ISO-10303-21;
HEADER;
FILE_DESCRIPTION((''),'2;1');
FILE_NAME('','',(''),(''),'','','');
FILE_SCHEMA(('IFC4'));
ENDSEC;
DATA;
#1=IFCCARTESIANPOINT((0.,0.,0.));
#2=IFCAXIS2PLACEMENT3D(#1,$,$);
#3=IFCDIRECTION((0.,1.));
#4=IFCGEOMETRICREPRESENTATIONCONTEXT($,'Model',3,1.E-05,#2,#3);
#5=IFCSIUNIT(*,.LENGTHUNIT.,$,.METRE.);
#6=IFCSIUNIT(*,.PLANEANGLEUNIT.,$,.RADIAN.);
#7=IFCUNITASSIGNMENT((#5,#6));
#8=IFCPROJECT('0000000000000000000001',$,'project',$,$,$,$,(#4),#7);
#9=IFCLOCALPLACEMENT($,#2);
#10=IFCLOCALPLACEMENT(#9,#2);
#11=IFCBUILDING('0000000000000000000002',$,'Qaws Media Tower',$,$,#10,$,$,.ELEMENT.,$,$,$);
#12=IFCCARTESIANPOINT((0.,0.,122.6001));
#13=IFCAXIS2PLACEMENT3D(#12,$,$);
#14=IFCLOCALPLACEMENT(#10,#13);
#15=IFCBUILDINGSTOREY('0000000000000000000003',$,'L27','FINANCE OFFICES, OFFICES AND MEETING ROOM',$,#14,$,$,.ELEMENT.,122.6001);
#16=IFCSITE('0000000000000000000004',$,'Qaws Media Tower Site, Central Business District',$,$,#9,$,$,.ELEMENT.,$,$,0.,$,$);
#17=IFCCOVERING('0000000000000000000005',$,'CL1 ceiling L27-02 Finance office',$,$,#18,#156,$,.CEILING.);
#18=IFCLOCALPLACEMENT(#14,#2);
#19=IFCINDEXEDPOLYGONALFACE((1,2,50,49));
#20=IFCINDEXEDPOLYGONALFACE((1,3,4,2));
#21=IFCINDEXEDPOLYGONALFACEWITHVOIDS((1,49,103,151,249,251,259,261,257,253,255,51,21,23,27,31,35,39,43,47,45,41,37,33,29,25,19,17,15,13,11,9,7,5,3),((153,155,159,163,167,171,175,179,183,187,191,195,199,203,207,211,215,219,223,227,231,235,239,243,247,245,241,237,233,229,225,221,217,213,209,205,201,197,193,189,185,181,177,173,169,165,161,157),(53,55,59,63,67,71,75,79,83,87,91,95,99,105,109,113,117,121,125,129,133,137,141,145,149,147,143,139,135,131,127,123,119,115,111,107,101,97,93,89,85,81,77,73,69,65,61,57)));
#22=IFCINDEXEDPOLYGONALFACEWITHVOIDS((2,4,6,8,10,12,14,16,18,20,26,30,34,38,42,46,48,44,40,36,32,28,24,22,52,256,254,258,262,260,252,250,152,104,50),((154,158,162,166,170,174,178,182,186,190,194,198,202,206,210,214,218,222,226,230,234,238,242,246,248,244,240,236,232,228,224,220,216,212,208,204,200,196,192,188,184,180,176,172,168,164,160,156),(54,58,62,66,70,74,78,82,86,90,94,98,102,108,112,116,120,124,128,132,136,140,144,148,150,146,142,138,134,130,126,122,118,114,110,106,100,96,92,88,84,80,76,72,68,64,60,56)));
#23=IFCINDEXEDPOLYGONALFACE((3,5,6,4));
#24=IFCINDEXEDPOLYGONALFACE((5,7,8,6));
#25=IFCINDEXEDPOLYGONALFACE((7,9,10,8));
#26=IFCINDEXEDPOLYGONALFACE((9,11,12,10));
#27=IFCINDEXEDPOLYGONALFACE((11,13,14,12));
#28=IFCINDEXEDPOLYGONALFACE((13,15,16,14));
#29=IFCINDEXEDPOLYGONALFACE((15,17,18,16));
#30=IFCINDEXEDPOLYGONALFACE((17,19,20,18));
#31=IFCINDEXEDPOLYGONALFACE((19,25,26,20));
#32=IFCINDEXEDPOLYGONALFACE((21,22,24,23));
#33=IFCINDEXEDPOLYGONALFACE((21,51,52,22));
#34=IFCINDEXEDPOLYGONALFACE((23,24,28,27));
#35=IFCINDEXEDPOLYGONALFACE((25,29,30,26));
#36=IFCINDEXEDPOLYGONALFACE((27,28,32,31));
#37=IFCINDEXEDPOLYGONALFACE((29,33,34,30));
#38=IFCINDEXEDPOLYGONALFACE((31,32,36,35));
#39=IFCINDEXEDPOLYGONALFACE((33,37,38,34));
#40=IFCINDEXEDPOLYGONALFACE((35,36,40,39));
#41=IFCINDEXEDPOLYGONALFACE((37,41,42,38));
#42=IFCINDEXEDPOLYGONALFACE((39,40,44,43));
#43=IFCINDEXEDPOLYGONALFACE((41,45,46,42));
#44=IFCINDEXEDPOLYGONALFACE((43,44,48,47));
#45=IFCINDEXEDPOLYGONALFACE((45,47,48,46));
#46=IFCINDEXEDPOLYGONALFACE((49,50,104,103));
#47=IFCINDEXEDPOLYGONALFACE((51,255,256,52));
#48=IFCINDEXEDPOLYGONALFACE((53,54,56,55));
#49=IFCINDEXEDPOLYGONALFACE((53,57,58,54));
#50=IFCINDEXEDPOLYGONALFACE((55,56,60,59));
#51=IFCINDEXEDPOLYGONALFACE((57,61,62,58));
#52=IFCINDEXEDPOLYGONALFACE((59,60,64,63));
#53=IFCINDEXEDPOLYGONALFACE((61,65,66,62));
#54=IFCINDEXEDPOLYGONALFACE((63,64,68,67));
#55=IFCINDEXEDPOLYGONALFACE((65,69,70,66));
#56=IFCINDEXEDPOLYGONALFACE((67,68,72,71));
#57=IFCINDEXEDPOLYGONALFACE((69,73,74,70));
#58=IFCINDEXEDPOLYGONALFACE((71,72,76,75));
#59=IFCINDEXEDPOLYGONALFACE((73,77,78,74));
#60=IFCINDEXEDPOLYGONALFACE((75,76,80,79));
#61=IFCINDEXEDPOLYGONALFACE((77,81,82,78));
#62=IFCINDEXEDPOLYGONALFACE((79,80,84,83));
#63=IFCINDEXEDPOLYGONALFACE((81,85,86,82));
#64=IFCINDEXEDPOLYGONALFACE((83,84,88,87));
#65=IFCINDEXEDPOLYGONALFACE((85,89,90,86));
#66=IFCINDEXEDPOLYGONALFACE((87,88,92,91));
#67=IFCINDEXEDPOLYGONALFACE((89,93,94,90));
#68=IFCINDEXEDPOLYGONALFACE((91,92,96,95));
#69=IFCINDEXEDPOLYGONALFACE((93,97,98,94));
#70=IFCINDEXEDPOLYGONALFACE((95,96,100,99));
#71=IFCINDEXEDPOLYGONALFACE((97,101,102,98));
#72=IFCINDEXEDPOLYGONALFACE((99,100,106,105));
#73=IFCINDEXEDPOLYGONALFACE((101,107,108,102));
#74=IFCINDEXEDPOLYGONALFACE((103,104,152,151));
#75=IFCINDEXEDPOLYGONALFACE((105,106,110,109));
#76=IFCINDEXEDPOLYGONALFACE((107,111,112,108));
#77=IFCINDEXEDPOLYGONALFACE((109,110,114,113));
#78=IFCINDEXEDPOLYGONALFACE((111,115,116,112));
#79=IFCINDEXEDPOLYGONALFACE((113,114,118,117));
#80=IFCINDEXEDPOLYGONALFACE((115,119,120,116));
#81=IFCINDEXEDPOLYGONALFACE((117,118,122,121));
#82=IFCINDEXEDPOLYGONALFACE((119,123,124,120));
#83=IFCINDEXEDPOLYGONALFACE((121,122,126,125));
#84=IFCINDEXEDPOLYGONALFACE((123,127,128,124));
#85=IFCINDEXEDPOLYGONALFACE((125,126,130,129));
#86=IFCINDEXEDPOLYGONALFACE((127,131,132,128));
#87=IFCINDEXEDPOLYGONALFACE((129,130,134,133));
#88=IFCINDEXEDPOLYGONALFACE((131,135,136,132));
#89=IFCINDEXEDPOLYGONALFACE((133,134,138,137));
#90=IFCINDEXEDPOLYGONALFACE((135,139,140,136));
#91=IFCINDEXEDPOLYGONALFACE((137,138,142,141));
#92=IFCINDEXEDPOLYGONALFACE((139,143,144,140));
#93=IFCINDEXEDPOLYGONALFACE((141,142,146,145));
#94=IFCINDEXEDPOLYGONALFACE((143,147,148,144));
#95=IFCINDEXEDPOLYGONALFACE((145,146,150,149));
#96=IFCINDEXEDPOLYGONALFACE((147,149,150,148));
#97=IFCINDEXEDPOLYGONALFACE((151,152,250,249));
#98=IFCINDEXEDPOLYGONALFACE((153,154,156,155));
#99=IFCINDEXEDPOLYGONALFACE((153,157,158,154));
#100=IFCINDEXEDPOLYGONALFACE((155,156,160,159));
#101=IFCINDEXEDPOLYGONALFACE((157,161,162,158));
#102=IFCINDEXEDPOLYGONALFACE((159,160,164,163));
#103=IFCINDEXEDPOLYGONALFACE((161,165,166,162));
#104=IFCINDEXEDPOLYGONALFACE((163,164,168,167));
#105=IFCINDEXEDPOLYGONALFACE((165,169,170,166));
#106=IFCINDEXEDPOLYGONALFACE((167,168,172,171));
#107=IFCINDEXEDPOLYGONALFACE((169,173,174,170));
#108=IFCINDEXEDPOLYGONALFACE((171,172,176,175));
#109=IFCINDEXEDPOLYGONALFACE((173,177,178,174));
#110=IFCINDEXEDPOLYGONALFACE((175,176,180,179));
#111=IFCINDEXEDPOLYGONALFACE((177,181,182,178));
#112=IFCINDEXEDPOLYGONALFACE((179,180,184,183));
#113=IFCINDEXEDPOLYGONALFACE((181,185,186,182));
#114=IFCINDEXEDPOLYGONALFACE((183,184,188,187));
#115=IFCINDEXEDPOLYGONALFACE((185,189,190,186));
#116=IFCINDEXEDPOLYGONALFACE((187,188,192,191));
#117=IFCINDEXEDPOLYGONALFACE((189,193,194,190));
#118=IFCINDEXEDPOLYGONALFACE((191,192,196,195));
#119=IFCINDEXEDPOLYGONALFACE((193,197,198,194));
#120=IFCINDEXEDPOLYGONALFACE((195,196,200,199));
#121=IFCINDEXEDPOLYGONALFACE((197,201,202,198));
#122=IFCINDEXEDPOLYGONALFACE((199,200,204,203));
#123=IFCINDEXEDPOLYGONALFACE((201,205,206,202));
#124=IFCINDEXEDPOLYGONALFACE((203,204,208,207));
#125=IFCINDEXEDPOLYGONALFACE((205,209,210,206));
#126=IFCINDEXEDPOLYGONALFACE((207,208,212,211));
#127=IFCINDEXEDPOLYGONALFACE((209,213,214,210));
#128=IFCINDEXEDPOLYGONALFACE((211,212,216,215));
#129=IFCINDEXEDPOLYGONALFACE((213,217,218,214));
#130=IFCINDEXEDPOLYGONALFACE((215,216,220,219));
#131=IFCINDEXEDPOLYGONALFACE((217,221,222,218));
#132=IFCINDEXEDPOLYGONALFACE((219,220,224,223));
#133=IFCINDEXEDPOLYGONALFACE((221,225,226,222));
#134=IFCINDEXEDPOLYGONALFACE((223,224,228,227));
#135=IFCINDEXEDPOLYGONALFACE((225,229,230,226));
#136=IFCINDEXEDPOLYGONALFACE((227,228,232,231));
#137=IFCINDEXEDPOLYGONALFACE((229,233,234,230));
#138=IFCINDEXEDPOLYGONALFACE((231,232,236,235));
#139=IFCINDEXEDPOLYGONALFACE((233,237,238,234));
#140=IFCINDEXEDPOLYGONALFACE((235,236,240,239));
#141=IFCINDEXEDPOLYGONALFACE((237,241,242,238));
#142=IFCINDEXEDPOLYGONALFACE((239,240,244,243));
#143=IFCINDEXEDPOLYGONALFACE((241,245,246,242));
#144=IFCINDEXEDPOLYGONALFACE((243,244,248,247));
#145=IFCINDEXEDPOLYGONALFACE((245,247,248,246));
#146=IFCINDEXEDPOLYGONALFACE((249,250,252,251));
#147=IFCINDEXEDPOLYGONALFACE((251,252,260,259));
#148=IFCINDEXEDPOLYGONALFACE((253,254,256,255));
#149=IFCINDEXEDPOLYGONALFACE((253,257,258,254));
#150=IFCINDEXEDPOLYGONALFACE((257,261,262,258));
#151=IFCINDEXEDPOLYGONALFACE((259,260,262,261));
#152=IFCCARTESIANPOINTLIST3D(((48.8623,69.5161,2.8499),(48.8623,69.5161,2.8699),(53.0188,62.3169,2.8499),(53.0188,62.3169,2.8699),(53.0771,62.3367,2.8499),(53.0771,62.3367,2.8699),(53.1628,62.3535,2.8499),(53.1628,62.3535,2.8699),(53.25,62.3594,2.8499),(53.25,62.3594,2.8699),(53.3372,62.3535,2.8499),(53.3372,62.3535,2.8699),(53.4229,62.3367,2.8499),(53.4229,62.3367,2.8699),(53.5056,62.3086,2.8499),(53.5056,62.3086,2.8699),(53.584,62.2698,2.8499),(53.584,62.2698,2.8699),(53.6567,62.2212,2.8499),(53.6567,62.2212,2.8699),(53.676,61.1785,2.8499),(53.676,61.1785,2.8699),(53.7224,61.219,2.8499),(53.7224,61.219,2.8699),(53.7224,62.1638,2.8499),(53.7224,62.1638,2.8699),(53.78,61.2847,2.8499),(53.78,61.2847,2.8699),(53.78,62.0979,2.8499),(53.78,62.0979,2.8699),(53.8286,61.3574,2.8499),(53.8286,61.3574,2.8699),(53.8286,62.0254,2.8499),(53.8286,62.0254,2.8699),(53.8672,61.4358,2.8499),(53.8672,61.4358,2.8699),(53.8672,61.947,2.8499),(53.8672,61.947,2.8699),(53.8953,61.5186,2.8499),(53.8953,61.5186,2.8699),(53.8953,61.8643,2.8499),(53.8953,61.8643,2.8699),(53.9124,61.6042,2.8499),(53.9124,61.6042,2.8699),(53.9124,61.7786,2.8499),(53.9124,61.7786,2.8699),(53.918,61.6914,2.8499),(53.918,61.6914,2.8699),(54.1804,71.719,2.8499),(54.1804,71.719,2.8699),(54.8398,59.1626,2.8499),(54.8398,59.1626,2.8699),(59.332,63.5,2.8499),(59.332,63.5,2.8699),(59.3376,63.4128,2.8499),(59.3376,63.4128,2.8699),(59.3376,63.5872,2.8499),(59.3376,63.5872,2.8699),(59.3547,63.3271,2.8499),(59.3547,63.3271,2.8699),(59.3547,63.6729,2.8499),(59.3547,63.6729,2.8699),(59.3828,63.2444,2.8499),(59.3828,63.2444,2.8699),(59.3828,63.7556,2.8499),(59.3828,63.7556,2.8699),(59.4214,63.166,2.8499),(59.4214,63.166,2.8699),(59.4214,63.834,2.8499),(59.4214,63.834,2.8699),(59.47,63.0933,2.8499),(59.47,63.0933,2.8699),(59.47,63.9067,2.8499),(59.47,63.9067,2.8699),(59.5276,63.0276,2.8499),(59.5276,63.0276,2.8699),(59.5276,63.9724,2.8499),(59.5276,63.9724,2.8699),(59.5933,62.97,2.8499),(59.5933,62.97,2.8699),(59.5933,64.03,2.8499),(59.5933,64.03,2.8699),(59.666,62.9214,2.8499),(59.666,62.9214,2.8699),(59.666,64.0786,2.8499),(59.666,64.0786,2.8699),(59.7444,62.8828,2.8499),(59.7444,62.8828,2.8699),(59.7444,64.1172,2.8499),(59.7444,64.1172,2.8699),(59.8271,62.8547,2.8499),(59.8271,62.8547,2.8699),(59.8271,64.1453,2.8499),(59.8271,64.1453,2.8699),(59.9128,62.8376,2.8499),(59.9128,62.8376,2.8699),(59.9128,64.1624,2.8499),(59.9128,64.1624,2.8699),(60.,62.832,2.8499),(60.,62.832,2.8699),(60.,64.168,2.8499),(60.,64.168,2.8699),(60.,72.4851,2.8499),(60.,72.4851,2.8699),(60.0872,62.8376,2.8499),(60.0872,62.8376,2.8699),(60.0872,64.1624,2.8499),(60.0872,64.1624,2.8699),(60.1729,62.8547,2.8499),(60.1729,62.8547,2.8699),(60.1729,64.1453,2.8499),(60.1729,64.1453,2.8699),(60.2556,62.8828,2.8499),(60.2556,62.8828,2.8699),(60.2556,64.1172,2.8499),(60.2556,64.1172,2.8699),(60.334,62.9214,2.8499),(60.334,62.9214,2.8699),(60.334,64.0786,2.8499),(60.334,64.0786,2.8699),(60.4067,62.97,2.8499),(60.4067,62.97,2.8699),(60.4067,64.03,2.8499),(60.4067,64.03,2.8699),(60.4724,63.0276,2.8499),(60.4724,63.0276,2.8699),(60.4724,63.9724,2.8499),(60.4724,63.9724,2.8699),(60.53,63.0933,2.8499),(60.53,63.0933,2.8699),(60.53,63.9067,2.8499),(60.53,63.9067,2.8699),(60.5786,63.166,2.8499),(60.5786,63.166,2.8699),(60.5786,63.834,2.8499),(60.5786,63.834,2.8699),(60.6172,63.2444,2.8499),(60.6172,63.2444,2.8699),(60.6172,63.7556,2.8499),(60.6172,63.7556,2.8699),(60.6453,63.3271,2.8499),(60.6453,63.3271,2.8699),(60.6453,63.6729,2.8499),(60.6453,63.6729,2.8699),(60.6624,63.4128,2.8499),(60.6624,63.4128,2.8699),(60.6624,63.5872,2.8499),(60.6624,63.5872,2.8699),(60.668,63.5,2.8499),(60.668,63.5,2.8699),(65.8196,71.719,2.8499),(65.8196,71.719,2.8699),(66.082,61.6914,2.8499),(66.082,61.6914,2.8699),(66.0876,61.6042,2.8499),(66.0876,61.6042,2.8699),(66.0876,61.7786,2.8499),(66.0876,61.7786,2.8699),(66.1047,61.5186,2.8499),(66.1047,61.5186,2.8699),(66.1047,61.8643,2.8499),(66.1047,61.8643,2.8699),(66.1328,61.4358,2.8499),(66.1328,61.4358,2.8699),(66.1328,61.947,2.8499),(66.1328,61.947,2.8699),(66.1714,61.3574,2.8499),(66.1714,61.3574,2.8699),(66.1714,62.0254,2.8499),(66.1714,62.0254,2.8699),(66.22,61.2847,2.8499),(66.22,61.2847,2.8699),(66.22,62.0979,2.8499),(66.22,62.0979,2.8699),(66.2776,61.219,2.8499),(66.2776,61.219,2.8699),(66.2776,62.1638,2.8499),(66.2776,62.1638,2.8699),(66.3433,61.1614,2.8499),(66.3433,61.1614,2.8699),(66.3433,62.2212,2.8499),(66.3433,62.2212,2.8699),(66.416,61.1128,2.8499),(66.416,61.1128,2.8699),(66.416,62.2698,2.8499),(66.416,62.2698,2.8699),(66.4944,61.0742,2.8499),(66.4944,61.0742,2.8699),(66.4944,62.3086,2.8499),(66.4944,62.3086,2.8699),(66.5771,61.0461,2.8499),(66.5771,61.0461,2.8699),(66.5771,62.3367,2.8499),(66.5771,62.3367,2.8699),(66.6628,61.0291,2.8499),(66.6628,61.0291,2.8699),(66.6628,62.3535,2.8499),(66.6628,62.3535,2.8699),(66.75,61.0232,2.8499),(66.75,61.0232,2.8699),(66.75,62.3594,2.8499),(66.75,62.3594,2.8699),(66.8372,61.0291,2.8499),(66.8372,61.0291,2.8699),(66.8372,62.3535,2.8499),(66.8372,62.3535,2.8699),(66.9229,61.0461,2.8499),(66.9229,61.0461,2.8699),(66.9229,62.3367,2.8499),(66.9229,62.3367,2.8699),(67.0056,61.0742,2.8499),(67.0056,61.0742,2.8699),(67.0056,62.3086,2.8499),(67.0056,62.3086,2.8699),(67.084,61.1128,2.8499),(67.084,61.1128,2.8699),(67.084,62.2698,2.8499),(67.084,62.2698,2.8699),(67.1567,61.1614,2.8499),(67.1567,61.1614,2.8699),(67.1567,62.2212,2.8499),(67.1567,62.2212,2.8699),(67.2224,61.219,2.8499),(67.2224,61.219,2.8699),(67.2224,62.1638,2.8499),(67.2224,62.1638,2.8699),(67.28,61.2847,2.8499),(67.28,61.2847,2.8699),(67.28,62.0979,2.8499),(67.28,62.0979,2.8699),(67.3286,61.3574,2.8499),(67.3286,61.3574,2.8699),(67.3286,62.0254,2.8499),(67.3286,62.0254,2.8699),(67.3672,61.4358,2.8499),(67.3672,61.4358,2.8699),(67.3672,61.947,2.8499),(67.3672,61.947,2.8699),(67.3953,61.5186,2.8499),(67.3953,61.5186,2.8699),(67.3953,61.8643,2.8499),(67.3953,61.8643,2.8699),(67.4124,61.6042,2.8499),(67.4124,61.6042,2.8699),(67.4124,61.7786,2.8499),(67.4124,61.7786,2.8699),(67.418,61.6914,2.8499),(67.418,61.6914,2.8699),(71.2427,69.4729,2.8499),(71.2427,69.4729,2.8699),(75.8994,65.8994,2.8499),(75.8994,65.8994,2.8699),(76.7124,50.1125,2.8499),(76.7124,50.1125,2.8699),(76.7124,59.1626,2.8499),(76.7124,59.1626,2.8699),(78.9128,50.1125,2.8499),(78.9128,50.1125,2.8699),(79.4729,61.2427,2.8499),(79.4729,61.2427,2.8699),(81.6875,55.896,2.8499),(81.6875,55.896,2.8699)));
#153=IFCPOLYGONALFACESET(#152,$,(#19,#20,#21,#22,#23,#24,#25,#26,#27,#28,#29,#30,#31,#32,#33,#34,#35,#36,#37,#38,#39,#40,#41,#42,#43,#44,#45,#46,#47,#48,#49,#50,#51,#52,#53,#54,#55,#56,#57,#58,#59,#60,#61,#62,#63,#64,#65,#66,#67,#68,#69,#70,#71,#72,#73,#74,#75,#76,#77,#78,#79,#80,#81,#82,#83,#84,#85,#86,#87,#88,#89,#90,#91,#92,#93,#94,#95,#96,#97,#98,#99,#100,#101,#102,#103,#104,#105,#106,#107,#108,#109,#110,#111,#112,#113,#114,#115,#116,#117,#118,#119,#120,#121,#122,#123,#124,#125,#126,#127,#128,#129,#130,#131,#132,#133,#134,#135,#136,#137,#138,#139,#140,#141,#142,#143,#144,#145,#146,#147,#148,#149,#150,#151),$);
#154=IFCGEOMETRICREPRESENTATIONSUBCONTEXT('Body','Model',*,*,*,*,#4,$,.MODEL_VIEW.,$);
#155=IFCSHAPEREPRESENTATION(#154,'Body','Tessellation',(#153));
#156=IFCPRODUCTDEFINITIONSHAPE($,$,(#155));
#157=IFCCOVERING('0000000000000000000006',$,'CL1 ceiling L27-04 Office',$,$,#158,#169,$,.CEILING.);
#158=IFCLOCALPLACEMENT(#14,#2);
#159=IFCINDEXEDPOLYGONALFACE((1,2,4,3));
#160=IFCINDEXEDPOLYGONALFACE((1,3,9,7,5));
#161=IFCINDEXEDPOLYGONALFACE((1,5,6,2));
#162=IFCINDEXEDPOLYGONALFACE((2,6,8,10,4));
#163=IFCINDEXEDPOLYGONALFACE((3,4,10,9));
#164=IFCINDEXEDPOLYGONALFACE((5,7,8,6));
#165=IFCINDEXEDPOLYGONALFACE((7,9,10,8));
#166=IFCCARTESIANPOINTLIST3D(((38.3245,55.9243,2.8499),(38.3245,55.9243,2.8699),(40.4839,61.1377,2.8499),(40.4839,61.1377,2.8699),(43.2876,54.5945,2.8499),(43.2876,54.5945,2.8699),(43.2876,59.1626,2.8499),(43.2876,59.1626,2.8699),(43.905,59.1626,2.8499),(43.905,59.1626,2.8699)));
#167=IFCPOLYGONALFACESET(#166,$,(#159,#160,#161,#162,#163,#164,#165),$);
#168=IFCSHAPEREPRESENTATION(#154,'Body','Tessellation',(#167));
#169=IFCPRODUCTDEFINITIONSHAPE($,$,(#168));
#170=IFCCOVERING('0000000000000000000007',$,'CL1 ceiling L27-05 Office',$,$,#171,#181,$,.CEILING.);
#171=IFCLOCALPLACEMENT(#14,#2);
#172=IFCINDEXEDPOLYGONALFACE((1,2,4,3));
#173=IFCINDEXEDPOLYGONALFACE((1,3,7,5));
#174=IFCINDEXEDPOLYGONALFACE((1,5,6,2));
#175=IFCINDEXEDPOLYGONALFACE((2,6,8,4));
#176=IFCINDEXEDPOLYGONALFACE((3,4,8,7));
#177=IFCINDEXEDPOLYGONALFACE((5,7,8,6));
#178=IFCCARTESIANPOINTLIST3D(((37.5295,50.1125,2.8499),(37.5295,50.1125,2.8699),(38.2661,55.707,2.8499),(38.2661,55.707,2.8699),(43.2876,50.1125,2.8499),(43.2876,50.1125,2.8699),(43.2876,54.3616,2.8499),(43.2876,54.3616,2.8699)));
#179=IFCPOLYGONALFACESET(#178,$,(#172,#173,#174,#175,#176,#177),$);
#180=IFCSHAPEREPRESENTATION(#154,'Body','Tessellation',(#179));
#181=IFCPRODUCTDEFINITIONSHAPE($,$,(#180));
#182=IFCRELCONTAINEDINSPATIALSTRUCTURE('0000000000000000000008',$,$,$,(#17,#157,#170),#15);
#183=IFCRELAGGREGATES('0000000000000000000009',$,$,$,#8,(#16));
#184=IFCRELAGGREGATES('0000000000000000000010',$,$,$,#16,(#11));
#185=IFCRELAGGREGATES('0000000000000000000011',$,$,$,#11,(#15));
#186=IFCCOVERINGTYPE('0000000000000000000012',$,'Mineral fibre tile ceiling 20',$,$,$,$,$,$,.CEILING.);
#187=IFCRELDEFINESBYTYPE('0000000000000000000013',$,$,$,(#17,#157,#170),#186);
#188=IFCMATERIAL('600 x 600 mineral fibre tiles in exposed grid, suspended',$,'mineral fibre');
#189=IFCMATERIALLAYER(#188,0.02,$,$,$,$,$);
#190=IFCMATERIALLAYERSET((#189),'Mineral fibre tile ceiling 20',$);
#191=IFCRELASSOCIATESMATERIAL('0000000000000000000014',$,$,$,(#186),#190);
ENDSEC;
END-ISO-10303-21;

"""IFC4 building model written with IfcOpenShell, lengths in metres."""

from ifc_helpers import new_model, si_unit, direction, frame, origin, place, context, subcontext, project, spatial, polyline, outline, extrude, material, layer, layer_set, type_object, element, save


model = new_model("IFC4")

# Units and contexts
model_context = context("Model", 3, precision=1e-05, world=origin(), true_north=direction((0.0, 1.0)))
body_context = subcontext(model_context, "Body", "Model", "MODEL_VIEW")
ifc_project = project(units=[si_unit("LENGTHUNIT", "METRE"), si_unit("PLANEANGLEUNIT", "RADIAN")], contexts=[model_context])

# Site, building, storey
site_placement = place(None, origin())
site = spatial("IfcSite", under=ifc_project, at=site_placement, Name="Qaws Media Tower Site, Central Business District", CompositionType="ELEMENT", RefElevation=0.0)
building_placement = place(site_placement, origin())
building = spatial("IfcBuilding", under=site, at=building_placement, Name="Qaws Media Tower", CompositionType="ELEMENT")
storey_placement = place(building_placement, frame((0.0, 0.0, 122.6001)))
storey = spatial("IfcBuildingStorey", under=building, at=storey_placement, Name="L27", Description="FINANCE OFFICES, OFFICES AND MEETING ROOM", CompositionType="ELEMENT", Elevation=122.6001)

# Coverings
ifc_material_1 = material(Name="600 x 600 mineral fibre tiles in exposed grid, suspended", Category="mineral fibre")
ifc_layer_1 = layer(ifc_material_1, 0.02)
ifc_layer_set_1 = layer_set([ifc_layer_1], Name="Mineral fibre tile ceiling 20")
covering_type_1 = type_object("IfcCoveringType", Name="Mineral fibre tile ceiling 20", PredefinedType="CEILING", material=ifc_layer_set_1)
covering_1_placement = place(storey_placement, frame((0.0, 0.0, 2.8499)))
element("IfcCovering", 1, at=covering_1_placement, inside=storey, type_object=covering_type_1, Name="CL1 ceiling L27-02 Finance office", PredefinedType="CEILING", context=body_context, shape_type="SweptSolid", body=[
    extrude(outline(polyline([(54.1804, 71.719), (60.0, 72.4851), (65.8196, 71.719), (71.2427, 69.4729), (75.8994, 65.8994), (79.4729, 61.2427), (81.6875, 55.896), (78.9128, 50.1125), (76.7124, 50.1125), (76.7124, 59.1626), (54.8398, 59.1626), (53.676, 61.1785), (53.7224, 61.219), (53.78, 61.2847), (53.8286, 61.3574), (53.8672, 61.4358), (53.8953, 61.5186), (53.9124, 61.6042), (53.918, 61.6914), (53.9124, 61.7786), (53.8953, 61.8643), (53.8672, 61.947), (53.8286, 62.0254), (53.78, 62.0979), (53.7224, 62.1638), (53.6567, 62.2212), (53.584, 62.2698), (53.5056, 62.3086), (53.4229, 62.3367), (53.3372, 62.3535), (53.25, 62.3594), (53.1628, 62.3535), (53.0771, 62.3367), (53.0188, 62.3169), (48.8623, 69.5161), (54.1804, 71.719)]), holes=[polyline([(60.6172, 63.2444), (60.6453, 63.3271), (60.6624, 63.4128), (60.668, 63.5), (60.6624, 63.5872), (60.6453, 63.6729), (60.6172, 63.7556), (60.5786, 63.834), (60.53, 63.9067), (60.4724, 63.9724), (60.4067, 64.03), (60.334, 64.0786), (60.2556, 64.1172), (60.1729, 64.1453), (60.0872, 64.1624), (60.0, 64.168), (59.9128, 64.1624), (59.8271, 64.1453), (59.7444, 64.1172), (59.666, 64.0786), (59.5933, 64.03), (59.5276, 63.9724), (59.47, 63.9067), (59.4214, 63.834), (59.3828, 63.7556), (59.3547, 63.6729), (59.3376, 63.5872), (59.332, 63.5), (59.3376, 63.4128), (59.3547, 63.3271), (59.3828, 63.2444), (59.4214, 63.166), (59.47, 63.0933), (59.5276, 63.0276), (59.5933, 62.97), (59.666, 62.9214), (59.7444, 62.8828), (59.8271, 62.8547), (59.9128, 62.8376), (60.0, 62.832), (60.0872, 62.8376), (60.1729, 62.8547), (60.2556, 62.8828), (60.334, 62.9214), (60.4067, 62.97), (60.4724, 63.0276), (60.53, 63.0933), (60.5786, 63.166), (60.6172, 63.2444)]), polyline([(67.3672, 61.4358), (67.3953, 61.5186), (67.4124, 61.6042), (67.418, 61.6914), (67.4124, 61.7786), (67.3953, 61.8643), (67.3672, 61.947), (67.3286, 62.0254), (67.28, 62.0979), (67.2224, 62.1638), (67.1567, 62.2212), (67.084, 62.2698), (67.0056, 62.3086), (66.9229, 62.3367), (66.8372, 62.3535), (66.75, 62.3594), (66.6628, 62.3535), (66.5771, 62.3367), (66.4944, 62.3086), (66.416, 62.2698), (66.3433, 62.2212), (66.2776, 62.1638), (66.22, 62.0979), (66.1714, 62.0254), (66.1328, 61.947), (66.1047, 61.8643), (66.0876, 61.7786), (66.082, 61.6914), (66.0876, 61.6042), (66.1047, 61.5186), (66.1328, 61.4358), (66.1714, 61.3574), (66.22, 61.2847), (66.2776, 61.219), (66.3433, 61.1614), (66.416, 61.1128), (66.4944, 61.0742), (66.5771, 61.0461), (66.6628, 61.0291), (66.75, 61.0232), (66.8372, 61.0291), (66.9229, 61.0461), (67.0056, 61.0742), (67.084, 61.1128), (67.1567, 61.1614), (67.2224, 61.219), (67.28, 61.2847), (67.3286, 61.3574), (67.3672, 61.4358)])]), origin(), (0.0, 0.0, 1.0), 0.02),
])
covering_2_placement = place(storey_placement, frame((0.0, 0.0, 2.8499)))
element("IfcCovering", 2, at=covering_2_placement, inside=storey, type_object=covering_type_1, Name="CL1 ceiling L27-04 Office", PredefinedType="CEILING", context=body_context, shape_type="SweptSolid", body=[
    extrude(outline(polyline([(40.4839, 61.1377), (43.905, 59.1626), (43.2876, 59.1626), (43.2876, 54.5945), (38.3245, 55.9243), (40.4839, 61.1377)])), origin(), (0.0, 0.0, 1.0), 0.02),
])
covering_3_placement = place(storey_placement, frame((0.0, 0.0, 2.8499)))
element("IfcCovering", 3, at=covering_3_placement, inside=storey, type_object=covering_type_1, Name="CL1 ceiling L27-05 Office", PredefinedType="CEILING", context=body_context, shape_type="SweptSolid", body=[
    extrude(outline(polyline([(38.2661, 55.707), (43.2876, 54.3616), (43.2876, 50.1125), (37.5295, 50.1125), (38.2661, 55.707)])), origin(), (0.0, 0.0, 1.0), 0.02),
])

save(model, "model.ifc")
